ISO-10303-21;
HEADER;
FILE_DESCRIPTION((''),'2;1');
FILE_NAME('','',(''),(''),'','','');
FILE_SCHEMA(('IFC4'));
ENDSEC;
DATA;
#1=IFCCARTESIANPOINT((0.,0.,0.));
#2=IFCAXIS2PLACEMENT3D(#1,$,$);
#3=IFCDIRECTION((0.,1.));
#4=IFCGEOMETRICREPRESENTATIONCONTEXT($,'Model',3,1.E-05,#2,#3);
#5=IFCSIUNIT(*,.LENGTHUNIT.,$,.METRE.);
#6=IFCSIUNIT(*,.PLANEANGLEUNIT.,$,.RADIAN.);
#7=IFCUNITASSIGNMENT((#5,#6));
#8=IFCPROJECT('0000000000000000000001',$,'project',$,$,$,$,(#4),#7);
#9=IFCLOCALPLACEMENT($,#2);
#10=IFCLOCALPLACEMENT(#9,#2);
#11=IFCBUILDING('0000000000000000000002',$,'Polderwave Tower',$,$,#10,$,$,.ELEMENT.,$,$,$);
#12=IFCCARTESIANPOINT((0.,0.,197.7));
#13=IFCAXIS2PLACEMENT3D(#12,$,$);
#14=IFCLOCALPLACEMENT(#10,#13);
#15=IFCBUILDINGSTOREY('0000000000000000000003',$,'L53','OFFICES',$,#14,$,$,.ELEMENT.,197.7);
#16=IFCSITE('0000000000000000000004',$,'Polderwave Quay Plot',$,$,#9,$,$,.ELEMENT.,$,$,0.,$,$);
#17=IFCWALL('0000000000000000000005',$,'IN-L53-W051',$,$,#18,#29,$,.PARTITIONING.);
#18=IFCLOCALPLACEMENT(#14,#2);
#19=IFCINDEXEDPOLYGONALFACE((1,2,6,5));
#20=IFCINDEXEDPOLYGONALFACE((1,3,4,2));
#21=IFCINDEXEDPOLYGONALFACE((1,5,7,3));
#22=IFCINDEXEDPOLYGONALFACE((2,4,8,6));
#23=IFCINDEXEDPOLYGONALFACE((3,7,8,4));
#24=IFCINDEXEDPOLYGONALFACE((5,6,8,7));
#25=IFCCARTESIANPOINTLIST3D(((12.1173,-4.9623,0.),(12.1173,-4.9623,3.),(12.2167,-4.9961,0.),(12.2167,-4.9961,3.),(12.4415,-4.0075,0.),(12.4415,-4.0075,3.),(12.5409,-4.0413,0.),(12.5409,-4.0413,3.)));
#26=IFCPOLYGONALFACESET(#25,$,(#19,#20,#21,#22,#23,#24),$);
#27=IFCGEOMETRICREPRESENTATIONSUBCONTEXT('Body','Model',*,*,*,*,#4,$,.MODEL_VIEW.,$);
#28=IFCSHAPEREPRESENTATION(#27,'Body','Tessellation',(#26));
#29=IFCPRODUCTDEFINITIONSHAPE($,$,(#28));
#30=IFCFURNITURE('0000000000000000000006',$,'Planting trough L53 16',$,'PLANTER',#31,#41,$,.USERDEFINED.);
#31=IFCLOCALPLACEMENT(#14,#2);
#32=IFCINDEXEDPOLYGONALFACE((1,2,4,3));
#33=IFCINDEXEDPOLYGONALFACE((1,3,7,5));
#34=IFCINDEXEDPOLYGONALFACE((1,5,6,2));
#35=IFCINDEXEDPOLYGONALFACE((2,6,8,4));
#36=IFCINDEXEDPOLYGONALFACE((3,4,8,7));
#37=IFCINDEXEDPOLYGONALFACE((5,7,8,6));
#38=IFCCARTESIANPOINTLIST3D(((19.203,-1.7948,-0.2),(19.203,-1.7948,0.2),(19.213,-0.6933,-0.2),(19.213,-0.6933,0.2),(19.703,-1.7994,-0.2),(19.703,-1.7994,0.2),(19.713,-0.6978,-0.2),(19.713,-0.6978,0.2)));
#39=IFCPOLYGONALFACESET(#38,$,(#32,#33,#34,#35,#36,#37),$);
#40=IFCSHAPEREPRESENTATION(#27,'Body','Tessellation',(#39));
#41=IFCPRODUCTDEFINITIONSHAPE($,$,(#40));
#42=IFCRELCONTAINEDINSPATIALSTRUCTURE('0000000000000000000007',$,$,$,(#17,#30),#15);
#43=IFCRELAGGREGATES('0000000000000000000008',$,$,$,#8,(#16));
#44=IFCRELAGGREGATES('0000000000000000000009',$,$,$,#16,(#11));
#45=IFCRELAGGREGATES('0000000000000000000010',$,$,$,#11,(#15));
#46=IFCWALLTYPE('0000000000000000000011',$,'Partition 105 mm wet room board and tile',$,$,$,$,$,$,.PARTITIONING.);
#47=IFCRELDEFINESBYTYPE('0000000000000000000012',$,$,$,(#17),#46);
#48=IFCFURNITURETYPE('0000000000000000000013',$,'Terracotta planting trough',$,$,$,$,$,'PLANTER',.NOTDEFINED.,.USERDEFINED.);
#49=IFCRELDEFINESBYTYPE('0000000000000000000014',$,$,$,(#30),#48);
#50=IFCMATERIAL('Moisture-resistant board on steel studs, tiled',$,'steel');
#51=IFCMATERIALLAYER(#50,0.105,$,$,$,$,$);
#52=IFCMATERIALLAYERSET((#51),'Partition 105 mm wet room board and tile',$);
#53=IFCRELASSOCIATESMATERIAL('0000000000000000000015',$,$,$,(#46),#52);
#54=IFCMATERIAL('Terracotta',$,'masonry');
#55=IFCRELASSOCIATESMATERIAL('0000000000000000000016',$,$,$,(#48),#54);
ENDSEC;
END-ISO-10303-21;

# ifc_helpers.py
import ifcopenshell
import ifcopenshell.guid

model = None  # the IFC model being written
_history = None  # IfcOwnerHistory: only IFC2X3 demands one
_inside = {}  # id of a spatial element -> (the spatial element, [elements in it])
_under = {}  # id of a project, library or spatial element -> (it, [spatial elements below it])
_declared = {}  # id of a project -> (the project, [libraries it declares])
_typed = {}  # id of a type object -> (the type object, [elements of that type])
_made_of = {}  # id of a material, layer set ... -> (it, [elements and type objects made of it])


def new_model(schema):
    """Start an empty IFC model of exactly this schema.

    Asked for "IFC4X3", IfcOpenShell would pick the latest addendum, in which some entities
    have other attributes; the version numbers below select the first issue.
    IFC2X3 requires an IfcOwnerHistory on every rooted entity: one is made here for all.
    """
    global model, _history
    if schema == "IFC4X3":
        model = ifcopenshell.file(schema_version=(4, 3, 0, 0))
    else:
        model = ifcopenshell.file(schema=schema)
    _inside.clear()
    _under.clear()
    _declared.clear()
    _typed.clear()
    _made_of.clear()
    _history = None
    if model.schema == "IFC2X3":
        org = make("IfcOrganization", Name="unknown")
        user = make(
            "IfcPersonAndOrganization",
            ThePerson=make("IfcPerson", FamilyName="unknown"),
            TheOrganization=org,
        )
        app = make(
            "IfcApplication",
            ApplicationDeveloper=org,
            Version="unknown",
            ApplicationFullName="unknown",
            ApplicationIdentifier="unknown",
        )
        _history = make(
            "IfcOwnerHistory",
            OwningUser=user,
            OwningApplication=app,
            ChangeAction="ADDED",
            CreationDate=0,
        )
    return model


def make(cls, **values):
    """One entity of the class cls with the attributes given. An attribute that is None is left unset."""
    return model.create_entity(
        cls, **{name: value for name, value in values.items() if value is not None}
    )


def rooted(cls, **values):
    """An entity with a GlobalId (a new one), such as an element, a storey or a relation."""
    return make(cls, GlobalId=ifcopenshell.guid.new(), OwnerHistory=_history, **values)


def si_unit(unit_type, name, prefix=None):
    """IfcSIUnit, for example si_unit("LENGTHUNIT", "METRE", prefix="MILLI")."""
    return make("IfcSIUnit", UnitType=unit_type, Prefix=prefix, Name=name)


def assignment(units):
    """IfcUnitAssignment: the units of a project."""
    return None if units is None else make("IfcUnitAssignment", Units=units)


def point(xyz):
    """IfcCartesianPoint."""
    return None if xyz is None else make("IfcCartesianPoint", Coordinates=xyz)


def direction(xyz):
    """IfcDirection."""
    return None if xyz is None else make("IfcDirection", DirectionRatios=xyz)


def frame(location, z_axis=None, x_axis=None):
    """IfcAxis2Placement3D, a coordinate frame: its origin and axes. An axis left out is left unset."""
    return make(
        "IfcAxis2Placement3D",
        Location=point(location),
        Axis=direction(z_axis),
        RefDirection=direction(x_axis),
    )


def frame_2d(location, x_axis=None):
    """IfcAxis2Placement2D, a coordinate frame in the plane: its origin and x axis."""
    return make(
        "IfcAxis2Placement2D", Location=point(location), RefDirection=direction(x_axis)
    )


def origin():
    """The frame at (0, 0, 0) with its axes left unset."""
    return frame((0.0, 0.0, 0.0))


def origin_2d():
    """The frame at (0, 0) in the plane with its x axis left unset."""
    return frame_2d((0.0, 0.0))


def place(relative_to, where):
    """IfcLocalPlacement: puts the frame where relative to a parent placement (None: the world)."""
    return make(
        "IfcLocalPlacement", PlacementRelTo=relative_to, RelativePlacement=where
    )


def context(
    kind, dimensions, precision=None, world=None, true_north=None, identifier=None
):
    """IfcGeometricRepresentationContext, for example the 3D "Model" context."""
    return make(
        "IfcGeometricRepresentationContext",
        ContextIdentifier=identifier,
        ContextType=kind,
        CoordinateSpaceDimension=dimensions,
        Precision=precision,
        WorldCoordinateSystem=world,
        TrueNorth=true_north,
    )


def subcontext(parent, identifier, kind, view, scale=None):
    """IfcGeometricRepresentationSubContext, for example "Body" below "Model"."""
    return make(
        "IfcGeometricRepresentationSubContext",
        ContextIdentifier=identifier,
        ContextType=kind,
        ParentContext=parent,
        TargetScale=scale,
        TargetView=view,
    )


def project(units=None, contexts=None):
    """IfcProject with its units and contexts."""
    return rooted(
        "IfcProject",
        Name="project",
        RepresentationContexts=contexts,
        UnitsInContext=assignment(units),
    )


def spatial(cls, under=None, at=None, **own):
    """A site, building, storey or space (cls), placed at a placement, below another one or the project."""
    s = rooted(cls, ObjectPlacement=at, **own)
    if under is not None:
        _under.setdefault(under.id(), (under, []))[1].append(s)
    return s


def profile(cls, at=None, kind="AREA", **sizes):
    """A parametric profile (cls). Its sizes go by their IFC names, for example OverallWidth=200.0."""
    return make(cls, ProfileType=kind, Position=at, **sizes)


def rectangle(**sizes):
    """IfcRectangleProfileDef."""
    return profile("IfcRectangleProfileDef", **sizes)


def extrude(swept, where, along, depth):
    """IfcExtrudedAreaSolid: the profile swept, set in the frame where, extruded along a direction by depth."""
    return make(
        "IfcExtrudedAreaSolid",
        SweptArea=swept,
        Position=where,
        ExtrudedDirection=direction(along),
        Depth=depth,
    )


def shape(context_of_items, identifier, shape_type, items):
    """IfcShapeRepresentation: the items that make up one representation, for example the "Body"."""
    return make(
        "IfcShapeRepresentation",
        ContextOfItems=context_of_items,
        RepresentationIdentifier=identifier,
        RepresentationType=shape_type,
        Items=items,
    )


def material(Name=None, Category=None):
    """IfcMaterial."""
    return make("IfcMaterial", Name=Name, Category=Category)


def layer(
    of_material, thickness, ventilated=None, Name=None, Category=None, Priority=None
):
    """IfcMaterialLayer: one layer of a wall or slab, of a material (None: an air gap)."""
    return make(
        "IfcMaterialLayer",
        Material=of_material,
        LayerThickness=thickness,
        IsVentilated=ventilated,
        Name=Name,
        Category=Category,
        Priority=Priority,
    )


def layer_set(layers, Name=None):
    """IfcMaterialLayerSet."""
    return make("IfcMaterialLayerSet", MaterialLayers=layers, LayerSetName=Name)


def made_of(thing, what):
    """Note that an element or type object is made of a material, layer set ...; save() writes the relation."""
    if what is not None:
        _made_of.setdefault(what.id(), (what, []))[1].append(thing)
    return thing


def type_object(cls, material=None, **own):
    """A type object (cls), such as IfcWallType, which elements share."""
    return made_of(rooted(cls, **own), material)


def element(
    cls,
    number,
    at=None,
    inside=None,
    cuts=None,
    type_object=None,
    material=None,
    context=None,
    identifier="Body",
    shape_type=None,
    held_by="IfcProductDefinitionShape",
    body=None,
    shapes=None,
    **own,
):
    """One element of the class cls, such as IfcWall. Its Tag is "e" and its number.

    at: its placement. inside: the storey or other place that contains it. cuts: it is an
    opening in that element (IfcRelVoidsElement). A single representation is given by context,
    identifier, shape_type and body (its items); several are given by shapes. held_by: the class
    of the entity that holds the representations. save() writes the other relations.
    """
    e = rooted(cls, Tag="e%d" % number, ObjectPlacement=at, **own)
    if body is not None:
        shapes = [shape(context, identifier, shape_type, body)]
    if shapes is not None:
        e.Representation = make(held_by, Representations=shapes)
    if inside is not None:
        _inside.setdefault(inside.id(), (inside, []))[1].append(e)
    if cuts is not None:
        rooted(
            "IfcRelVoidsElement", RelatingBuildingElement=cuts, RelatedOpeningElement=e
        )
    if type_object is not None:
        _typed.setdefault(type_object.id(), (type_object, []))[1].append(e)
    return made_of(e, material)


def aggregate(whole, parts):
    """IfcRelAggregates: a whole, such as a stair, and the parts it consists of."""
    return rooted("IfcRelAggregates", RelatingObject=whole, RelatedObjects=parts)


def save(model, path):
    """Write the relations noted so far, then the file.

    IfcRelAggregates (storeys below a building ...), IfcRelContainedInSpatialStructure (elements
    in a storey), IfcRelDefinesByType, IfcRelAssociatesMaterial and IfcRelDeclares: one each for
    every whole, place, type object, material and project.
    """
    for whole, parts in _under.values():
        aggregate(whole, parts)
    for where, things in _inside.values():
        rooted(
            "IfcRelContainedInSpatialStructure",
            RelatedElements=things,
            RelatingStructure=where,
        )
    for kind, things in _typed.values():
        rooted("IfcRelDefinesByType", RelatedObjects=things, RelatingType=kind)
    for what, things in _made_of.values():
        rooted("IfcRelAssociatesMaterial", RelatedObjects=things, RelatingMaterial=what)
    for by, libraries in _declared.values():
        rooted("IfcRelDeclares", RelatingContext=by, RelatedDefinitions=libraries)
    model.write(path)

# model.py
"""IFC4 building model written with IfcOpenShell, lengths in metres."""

from ifc_helpers import new_model, si_unit, direction, frame, frame_2d, origin, origin_2d, place, context, subcontext, project, spatial, rectangle, extrude, material, layer, layer_set, type_object, element, save


model = new_model("IFC4")

# Units and contexts
model_context = context("Model", 3, precision=1e-05, world=origin(), true_north=direction((0.0, 1.0)))
body_context = subcontext(model_context, "Body", "Model", "MODEL_VIEW")
ifc_project = project(units=[si_unit("LENGTHUNIT", "METRE"), si_unit("PLANEANGLEUNIT", "RADIAN")], contexts=[model_context])

# Site, building, storey
site_placement = place(None, origin())
site = spatial("IfcSite", under=ifc_project, at=site_placement, Name="Polderwave Quay Plot", CompositionType="ELEMENT", RefElevation=0.0)
building_placement = place(site_placement, origin())
building = spatial("IfcBuilding", under=site, at=building_placement, Name="Polderwave Tower", CompositionType="ELEMENT")
storey_placement = place(building_placement, frame((0.0, 0.0, 197.7)))
storey = spatial("IfcBuildingStorey", under=building, at=storey_placement, Name="L53", Description="OFFICES", CompositionType="ELEMENT", Elevation=197.7)

# Wall
ifc_material_1 = material(Name="Moisture-resistant board on steel studs, tiled", Category="steel")
ifc_layer_1 = layer(ifc_material_1, 0.105)
ifc_layer_set_1 = layer_set([ifc_layer_1], Name="Partition 105 mm wet room board and tile")
wall_type_1 = type_object("IfcWallType", Name="Partition 105 mm wet room board and tile", PredefinedType="PARTITIONING", material=ifc_layer_set_1)
wall_1_placement = place(storey_placement, frame((12.4912, -4.0244, 0.0), z_axis=(0.0, 0.0, 1.0), x_axis=(-0.321525, -0.946901, 0.0)))
element("IfcWall", 1, at=wall_1_placement, inside=storey, type_object=wall_type_1, Name="IN-L53-W051", PredefinedType="PARTITIONING", context=body_context, shape_type="SweptSolid", body=[
    extrude(rectangle(XDim=1.0083, YDim=0.105, at=frame_2d((0.5042, 0.0))), origin(), (0.0, 0.0, 1.0), 3.0),
])

# Furniture
ifc_material_2 = material(Name="Terracotta", Category="masonry")
furniture_type = type_object("IfcFurnitureType", Name="Terracotta planting trough", ElementType="PLANTER", AssemblyPlace="NOTDEFINED", PredefinedType="USERDEFINED", material=ifc_material_2)
furniture_placement = place(storey_placement, frame((19.458, -1.2463, -0.2), z_axis=(0.0, 0.0, 1.0), x_axis=(0.009048, 0.999959, 0.0)))
element("IfcFurniture", 2, at=furniture_placement, inside=storey, type_object=furniture_type, Name="Planting trough L53 16", ObjectType="PLANTER", PredefinedType="USERDEFINED", context=body_context, shape_type="SweptSolid", body=[
    extrude(rectangle(XDim=1.1016, YDim=0.5, at=origin_2d()), origin(), (0.0, 0.0, 1.0), 0.3999),
])

save(model, "model.ifc")
